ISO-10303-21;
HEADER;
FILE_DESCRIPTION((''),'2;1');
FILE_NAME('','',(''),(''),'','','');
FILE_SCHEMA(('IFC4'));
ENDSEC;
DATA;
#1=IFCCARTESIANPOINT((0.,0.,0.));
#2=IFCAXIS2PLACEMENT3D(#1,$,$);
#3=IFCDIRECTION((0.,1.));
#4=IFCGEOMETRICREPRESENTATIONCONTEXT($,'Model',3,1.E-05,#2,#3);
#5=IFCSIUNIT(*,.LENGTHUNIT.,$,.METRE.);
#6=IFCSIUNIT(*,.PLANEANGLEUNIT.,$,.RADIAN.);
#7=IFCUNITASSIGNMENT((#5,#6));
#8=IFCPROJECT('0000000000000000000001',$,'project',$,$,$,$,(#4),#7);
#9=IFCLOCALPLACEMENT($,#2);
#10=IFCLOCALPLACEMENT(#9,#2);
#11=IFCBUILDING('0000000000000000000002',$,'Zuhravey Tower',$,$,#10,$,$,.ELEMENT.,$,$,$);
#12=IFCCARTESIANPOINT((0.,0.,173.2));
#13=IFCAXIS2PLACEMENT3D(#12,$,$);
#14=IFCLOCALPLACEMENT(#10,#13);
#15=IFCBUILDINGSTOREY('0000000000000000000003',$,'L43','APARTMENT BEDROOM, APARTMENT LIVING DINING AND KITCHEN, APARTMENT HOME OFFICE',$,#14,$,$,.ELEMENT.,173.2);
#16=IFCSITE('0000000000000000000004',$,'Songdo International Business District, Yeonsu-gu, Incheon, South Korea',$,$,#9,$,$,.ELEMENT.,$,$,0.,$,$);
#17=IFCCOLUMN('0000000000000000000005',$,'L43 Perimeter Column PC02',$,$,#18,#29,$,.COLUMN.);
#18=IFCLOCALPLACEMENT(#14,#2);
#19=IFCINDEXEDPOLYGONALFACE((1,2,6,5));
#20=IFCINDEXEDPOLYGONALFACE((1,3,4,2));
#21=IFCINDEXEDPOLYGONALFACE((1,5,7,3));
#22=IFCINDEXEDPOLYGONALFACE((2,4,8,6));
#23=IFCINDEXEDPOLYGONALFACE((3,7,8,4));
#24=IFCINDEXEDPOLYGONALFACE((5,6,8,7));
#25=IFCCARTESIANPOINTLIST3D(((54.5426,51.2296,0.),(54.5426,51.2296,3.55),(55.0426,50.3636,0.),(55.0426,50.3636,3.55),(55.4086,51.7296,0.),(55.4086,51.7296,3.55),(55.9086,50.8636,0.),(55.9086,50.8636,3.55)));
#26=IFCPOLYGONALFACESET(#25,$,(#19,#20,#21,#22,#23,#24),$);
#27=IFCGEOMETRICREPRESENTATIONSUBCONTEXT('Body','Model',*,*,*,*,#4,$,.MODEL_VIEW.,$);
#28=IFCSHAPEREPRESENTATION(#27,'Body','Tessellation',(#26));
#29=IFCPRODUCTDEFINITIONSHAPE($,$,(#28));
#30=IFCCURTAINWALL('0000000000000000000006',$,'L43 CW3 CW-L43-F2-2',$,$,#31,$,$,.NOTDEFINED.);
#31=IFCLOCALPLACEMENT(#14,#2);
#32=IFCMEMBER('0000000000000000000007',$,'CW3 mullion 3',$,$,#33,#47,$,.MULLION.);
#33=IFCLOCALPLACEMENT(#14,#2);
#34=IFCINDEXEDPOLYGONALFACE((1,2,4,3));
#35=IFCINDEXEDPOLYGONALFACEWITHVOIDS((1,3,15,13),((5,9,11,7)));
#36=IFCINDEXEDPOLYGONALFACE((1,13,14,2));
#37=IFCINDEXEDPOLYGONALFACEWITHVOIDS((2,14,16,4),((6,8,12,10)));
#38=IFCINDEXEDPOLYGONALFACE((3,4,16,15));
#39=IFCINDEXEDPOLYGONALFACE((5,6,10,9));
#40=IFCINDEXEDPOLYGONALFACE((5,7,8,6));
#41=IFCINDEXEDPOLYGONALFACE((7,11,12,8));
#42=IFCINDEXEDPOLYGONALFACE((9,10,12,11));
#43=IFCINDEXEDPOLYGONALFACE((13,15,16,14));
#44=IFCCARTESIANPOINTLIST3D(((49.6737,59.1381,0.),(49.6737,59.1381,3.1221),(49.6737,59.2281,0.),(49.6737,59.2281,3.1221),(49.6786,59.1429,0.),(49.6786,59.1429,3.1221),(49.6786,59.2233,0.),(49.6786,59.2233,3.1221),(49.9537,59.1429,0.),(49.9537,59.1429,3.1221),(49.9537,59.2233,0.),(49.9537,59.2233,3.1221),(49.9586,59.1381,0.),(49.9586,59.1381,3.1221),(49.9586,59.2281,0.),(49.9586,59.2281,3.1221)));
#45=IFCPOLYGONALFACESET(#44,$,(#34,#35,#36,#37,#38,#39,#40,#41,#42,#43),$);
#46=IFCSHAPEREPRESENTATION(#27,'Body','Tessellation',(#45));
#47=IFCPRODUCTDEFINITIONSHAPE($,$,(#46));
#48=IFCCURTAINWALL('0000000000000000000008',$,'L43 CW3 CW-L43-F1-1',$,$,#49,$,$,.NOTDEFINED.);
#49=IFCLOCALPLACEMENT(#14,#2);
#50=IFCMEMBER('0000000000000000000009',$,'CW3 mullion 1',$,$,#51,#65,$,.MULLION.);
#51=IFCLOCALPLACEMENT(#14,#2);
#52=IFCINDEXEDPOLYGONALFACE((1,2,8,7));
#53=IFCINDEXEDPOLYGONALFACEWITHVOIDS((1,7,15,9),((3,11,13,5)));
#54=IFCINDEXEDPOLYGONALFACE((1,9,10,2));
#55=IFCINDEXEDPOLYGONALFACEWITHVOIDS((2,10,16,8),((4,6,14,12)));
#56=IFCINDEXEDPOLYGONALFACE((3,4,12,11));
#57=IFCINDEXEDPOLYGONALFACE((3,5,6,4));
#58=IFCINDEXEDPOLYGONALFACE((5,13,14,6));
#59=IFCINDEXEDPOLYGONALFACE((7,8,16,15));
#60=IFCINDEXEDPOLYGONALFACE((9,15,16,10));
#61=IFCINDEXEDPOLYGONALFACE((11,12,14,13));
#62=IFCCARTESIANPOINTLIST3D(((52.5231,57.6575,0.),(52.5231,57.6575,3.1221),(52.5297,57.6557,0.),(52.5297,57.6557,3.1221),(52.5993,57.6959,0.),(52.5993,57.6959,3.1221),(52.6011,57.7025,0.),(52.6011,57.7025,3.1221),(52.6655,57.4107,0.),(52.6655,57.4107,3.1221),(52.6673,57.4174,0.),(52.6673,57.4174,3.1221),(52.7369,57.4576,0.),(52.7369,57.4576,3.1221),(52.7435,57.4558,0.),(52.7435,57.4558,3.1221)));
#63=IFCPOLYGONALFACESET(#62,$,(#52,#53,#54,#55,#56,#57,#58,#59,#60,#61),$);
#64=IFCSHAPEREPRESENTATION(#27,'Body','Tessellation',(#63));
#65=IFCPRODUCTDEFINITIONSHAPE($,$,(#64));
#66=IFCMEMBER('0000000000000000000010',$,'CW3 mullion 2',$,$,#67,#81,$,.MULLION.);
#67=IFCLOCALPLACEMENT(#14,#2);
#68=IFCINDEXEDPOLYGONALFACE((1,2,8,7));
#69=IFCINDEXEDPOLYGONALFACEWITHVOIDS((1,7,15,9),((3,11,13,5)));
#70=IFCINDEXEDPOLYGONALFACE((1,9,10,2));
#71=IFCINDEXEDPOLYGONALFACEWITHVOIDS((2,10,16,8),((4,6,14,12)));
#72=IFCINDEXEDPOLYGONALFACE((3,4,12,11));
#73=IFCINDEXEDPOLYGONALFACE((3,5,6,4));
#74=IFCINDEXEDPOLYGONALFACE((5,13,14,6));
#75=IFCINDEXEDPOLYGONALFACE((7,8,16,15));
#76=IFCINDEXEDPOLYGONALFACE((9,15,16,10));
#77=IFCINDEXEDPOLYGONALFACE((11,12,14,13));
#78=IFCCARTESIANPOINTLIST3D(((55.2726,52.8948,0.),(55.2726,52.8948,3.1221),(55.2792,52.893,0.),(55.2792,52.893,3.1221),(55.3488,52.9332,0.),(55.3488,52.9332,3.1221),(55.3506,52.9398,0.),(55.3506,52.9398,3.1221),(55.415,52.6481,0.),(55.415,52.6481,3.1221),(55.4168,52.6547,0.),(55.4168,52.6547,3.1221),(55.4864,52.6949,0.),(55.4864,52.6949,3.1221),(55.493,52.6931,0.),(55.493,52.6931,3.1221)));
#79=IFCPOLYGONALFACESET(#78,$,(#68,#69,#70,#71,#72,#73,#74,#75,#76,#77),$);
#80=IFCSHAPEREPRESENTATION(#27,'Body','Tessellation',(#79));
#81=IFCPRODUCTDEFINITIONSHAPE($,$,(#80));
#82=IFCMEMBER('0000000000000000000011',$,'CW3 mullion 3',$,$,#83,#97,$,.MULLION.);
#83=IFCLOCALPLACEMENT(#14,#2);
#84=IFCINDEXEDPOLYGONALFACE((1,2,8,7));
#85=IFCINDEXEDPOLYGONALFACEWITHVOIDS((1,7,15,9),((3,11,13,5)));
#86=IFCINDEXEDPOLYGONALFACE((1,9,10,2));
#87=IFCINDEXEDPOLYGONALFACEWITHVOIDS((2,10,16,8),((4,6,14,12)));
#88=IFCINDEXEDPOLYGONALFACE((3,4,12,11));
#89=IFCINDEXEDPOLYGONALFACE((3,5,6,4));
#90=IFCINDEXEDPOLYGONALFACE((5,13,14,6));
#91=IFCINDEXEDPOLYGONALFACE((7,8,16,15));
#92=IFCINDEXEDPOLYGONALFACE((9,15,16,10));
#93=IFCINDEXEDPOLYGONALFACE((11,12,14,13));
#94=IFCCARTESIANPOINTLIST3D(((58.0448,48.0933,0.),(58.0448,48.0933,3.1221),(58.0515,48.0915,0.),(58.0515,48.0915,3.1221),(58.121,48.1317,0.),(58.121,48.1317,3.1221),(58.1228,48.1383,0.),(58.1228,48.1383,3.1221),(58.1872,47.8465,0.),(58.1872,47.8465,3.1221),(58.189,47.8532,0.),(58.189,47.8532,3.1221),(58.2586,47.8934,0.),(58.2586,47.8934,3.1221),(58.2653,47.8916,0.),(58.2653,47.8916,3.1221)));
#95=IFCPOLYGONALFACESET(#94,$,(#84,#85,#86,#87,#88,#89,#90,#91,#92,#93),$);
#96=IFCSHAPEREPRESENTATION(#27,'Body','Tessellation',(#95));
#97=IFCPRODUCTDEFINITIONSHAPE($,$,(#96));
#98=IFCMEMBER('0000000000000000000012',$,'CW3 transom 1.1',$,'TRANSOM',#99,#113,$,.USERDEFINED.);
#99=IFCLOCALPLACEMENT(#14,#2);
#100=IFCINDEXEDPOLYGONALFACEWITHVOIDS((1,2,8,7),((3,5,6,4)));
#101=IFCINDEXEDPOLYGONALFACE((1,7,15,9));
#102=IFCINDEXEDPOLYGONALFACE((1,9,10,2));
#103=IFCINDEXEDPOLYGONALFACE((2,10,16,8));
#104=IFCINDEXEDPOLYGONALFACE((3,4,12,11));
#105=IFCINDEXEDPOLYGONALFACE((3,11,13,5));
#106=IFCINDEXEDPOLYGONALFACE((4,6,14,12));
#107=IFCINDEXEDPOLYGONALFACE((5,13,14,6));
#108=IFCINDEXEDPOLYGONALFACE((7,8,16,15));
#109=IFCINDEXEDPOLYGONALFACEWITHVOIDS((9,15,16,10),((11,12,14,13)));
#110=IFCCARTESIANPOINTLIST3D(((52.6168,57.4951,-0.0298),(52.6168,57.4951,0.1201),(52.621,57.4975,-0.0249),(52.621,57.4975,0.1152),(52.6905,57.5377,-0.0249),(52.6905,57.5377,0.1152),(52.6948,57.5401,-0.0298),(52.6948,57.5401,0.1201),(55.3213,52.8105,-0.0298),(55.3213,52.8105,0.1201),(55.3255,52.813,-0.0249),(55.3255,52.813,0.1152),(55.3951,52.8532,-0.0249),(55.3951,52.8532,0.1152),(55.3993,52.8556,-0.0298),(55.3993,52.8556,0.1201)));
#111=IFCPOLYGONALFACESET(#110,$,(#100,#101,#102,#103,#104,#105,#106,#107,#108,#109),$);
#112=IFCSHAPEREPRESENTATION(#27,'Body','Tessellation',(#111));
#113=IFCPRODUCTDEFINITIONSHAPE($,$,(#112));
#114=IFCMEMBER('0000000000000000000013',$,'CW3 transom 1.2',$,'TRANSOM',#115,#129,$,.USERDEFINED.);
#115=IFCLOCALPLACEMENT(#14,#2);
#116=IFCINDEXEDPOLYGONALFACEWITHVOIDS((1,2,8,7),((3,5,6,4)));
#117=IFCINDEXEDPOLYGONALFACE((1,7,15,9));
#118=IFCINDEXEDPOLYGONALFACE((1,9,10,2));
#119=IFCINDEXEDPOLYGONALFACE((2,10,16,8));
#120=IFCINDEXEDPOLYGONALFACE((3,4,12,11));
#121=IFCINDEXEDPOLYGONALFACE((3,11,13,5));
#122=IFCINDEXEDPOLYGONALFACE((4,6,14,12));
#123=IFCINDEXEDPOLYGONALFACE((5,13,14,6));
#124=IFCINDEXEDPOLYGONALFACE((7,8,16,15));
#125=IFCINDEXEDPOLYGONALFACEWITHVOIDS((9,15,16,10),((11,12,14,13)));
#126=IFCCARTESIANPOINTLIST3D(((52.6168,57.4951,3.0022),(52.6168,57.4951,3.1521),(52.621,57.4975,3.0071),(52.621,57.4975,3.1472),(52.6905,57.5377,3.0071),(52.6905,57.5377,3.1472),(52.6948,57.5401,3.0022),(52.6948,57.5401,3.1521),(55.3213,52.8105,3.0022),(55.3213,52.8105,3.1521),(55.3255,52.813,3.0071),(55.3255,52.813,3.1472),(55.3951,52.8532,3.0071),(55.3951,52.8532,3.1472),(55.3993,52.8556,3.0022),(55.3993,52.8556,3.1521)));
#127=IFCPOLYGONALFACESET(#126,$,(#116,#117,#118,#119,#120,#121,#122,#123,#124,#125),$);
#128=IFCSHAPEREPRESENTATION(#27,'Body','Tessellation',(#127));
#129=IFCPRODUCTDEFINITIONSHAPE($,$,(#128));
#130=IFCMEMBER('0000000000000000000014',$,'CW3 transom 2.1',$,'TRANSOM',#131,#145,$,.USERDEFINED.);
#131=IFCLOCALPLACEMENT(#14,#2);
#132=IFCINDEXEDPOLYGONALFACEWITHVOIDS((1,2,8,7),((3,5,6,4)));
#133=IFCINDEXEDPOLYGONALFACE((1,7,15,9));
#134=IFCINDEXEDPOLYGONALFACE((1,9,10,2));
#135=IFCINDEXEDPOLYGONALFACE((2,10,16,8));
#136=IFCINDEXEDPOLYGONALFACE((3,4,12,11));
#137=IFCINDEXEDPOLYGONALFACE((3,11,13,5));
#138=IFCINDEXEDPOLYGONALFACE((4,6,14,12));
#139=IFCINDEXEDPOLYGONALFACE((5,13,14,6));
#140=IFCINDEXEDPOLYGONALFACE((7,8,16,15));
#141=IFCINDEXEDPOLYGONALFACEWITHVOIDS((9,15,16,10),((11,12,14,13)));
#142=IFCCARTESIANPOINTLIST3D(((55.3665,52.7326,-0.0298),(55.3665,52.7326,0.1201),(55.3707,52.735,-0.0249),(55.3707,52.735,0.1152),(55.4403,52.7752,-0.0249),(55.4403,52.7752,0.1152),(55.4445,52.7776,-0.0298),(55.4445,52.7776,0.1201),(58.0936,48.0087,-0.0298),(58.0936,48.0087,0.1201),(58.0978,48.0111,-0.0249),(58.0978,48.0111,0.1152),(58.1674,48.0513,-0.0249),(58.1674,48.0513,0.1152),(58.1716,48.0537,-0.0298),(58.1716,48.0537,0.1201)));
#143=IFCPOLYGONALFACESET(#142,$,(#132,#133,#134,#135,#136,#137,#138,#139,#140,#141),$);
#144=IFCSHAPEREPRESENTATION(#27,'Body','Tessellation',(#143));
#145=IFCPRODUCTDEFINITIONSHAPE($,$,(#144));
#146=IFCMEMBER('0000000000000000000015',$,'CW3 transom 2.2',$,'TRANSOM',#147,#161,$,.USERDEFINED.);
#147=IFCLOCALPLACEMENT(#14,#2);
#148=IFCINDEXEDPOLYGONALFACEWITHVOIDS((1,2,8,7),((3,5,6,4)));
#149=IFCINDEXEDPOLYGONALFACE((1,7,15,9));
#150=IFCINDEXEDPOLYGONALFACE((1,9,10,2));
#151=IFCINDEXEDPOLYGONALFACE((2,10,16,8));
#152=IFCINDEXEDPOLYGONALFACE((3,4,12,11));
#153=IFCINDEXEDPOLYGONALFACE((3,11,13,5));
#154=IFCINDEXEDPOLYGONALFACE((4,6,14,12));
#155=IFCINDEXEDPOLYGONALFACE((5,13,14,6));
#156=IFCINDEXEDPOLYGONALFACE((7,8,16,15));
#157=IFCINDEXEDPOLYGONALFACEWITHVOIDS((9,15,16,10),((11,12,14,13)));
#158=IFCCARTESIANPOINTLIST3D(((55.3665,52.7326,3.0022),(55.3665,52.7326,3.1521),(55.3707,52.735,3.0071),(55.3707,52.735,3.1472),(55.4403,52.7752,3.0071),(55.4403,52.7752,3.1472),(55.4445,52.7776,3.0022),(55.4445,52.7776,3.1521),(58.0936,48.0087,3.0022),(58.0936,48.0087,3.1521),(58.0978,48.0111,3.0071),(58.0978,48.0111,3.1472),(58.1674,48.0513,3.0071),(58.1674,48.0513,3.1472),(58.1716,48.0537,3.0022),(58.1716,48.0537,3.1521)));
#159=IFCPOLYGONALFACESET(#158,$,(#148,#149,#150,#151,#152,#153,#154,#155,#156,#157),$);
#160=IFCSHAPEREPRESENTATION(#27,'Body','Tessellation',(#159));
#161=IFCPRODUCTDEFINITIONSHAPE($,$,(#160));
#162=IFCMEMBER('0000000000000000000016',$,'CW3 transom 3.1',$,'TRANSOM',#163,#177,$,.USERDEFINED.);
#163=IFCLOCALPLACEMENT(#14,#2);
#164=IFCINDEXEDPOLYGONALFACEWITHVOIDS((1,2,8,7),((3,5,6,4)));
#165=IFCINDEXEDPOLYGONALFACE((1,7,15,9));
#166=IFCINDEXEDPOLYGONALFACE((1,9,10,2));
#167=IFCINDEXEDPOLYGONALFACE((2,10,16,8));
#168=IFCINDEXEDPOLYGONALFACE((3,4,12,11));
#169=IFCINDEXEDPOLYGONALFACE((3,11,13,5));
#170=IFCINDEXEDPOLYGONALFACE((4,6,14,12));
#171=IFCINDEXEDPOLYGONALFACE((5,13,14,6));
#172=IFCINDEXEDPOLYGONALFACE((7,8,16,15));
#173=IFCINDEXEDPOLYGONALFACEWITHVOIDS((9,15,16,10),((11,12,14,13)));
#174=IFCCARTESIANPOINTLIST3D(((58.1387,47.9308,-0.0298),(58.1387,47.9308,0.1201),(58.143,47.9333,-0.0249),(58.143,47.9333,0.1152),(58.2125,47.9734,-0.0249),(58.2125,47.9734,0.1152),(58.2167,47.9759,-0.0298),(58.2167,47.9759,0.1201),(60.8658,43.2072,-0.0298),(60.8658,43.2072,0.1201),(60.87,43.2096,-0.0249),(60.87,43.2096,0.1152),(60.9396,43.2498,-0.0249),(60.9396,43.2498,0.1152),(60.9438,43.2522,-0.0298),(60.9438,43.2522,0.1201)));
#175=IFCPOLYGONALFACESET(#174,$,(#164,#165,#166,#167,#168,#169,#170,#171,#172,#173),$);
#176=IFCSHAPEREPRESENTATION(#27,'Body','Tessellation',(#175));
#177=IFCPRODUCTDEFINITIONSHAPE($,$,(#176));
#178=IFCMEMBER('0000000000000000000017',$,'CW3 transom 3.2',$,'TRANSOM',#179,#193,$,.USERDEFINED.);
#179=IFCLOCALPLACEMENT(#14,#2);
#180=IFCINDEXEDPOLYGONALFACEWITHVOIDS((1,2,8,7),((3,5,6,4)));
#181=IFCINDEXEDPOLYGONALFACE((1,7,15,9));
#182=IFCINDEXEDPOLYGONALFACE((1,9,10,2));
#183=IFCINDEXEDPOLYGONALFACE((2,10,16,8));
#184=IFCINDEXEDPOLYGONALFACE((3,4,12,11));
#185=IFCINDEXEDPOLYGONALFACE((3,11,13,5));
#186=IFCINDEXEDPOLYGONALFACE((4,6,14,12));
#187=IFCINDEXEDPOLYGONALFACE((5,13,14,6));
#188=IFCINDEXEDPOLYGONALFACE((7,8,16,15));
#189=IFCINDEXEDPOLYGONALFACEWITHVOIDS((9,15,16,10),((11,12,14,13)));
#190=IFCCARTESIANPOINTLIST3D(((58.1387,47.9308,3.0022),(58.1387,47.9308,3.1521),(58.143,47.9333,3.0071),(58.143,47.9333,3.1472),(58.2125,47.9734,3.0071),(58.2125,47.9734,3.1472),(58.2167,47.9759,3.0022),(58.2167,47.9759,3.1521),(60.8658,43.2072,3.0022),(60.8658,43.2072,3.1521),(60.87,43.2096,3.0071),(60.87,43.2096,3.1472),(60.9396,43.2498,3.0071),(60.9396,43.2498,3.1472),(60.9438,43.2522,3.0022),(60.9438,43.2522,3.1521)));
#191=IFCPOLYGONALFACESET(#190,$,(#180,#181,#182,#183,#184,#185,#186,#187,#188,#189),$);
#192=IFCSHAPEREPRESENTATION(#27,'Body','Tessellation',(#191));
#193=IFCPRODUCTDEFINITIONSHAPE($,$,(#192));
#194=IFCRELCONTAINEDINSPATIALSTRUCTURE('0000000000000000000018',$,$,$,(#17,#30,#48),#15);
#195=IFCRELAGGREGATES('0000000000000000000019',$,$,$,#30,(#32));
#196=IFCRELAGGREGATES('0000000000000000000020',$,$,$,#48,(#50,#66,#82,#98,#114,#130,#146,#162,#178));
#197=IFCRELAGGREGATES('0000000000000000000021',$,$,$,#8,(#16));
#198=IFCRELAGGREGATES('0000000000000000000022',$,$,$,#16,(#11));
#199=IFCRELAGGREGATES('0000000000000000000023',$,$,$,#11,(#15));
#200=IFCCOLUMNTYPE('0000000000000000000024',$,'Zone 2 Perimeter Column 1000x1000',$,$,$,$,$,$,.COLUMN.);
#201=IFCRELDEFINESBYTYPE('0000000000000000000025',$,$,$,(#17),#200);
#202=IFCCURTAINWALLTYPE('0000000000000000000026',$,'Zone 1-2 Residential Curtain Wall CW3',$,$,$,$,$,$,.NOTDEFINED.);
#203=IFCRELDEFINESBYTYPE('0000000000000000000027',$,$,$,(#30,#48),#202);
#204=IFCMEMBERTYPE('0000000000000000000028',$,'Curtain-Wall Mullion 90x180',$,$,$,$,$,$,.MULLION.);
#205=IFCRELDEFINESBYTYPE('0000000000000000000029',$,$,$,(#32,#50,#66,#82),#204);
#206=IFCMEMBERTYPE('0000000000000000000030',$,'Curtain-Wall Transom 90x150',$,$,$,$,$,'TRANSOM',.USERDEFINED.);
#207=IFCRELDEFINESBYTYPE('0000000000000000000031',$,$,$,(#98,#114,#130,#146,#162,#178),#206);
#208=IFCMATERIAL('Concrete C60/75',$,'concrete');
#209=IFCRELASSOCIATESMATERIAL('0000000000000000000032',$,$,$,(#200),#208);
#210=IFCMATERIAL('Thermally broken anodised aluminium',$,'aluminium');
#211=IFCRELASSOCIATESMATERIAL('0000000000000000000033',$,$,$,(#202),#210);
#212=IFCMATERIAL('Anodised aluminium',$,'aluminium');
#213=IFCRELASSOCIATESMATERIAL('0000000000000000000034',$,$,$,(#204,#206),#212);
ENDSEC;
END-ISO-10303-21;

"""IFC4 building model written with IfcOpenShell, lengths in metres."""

from ifc_helpers import new_model, si_unit, direction, frame, origin, origin_2d, place, context, subcontext, project, spatial, rectangle, hollow_rectangle, extrude, material, material_profile, profile_set, type_object, element, aggregate, save


model = new_model("IFC4")

# Units and contexts
model_context = context("Model", 3, precision=1e-05, world=origin(), true_north=direction((0.0, 1.0)))
body_context = subcontext(model_context, "Body", "Model", "MODEL_VIEW")
ifc_project = project(units=[si_unit("LENGTHUNIT", "METRE"), si_unit("PLANEANGLEUNIT", "RADIAN")], contexts=[model_context])

# Site, building, storey
site_placement = place(None, origin())
site = spatial("IfcSite", under=ifc_project, at=site_placement, Name="Songdo International Business District, Yeonsu-gu, Incheon, South Korea", CompositionType="ELEMENT", RefElevation=0.0)
building_placement = place(site_placement, origin())
building = spatial("IfcBuilding", under=site, at=building_placement, Name="Zuhravey Tower", CompositionType="ELEMENT")
storey_placement = place(building_placement, frame((0.0, 0.0, 173.2)))
storey = spatial("IfcBuildingStorey", under=building, at=storey_placement, Name="L43", Description="APARTMENT BEDROOM, APARTMENT LIVING DINING AND KITCHEN, APARTMENT HOME OFFICE", CompositionType="ELEMENT", Elevation=173.2)

# Column
ifc_material_1 = material(Name="Concrete C60/75", Category="concrete")
ifc_material_profile_1 = material_profile(ifc_material_1, rectangle(XDim=1.0, YDim=1.0, at=origin_2d()), Name="RC-1000x1000")
ifc_profile_set_1 = profile_set([ifc_material_profile_1], Name="Concrete C60/75")
column_type = type_object("IfcColumnType", Name="Zone 2 Perimeter Column 1000x1000", PredefinedType="COLUMN", material=ifc_profile_set_1)
column_placement = place(storey_placement, frame((55.2256, 51.0466, 0.0), z_axis=(0.0, 0.0, 1.0), x_axis=(-0.5, 0.866025, 0.0)))
element("IfcColumn", 1, at=column_placement, inside=storey, type_object=column_type, Name="L43 Perimeter Column PC02", PredefinedType="COLUMN", context=body_context, shape_type="SweptSolid", body=[
    extrude(rectangle(XDim=1.0, YDim=1.0, at=origin_2d()), origin(), (0.0, 0.0, 1.0), 3.55),
])

# Curtain wall, member
ifc_material_2 = material(Name="Thermally broken anodised aluminium", Category="aluminium")
curtain_wall_type = type_object("IfcCurtainWallType", Name="Zone 1-2 Residential Curtain Wall CW3", PredefinedType="NOTDEFINED", material=ifc_material_2)
curtain_wall_1_placement = place(storey_placement, origin())
curtain_wall_1 = element("IfcCurtainWall", 2, at=curtain_wall_1_placement, inside=storey, type_object=curtain_wall_type, Name="L43 CW3 CW-L43-F2-2", PredefinedType="NOTDEFINED")
ifc_material_3 = material(Name="Anodised aluminium", Category="aluminium")
ifc_material_profile_2 = material_profile(ifc_material_3, hollow_rectangle(XDim=0.0901, YDim=0.2849, WallThickness=0.0049, at=origin_2d()), Name="ALU-RHS-90x285x5")
ifc_profile_set_2 = profile_set([ifc_material_profile_2], Name="Anodised aluminium")
member_type_1 = type_object("IfcMemberType", Name="Curtain-Wall Mullion 90x180", PredefinedType="MULLION", material=ifc_profile_set_2)
member_1_placement = place(storey_placement, frame((49.8162, 59.1831, 0.0), z_axis=(0.0, 0.0, 1.0), x_axis=(0.0, 1.0, 0.0)))
member_1 = element("IfcMember", 3, at=member_1_placement, type_object=member_type_1, Name="CW3 mullion 3", PredefinedType="MULLION", context=body_context, shape_type="SweptSolid", body=[
    extrude(hollow_rectangle(XDim=0.0901, YDim=0.2849, WallThickness=0.0049, at=origin_2d()), origin(), (0.0, 0.0, 1.0), 3.1221),
])
aggregate(curtain_wall_1, [member_1])

# Curtain wall, members
curtain_wall_2_placement = place(storey_placement, origin())
curtain_wall_2 = element("IfcCurtainWall", 4, at=curtain_wall_2_placement, inside=storey, type_object=curtain_wall_type, Name="L43 CW3 CW-L43-F1-1", PredefinedType="NOTDEFINED")
member_2_placement = place(storey_placement, frame((52.6333, 57.5566, 0.0), z_axis=(0.0, 0.0, 1.0), x_axis=(0.866025, 0.5, 0.0)))
member_2 = element("IfcMember", 5, at=member_2_placement, type_object=member_type_1, Name="CW3 mullion 1", PredefinedType="MULLION", context=body_context, shape_type="SweptSolid", body=[
    extrude(hollow_rectangle(XDim=0.0901, YDim=0.2849, WallThickness=0.0049, at=origin_2d()), origin(), (0.0, 0.0, 1.0), 3.1221),
])
member_3_placement = place(storey_placement, frame((55.3828, 52.7939, 0.0), z_axis=(0.0, 0.0, 1.0), x_axis=(0.866025, 0.5, 0.0)))
member_3 = element("IfcMember", 6, at=member_3_placement, type_object=member_type_1, Name="CW3 mullion 2", PredefinedType="MULLION", context=body_context, shape_type="SweptSolid", body=[
    extrude(hollow_rectangle(XDim=0.0901, YDim=0.2849, WallThickness=0.0049, at=origin_2d()), origin(), (0.0, 0.0, 1.0), 3.1221),
])
member_4_placement = place(storey_placement, frame((58.155, 47.9924, 0.0), z_axis=(0.0, 0.0, 1.0), x_axis=(0.866025, 0.5, 0.0)))
member_4 = element("IfcMember", 7, at=member_4_placement, type_object=member_type_1, Name="CW3 mullion 3", PredefinedType="MULLION", context=body_context, shape_type="SweptSolid", body=[
    extrude(hollow_rectangle(XDim=0.0901, YDim=0.2849, WallThickness=0.0049, at=origin_2d()), origin(), (0.0, 0.0, 1.0), 3.1221),
])
ifc_material_profile_3 = material_profile(ifc_material_3, hollow_rectangle(XDim=0.0901, YDim=0.1499, WallThickness=0.0049, at=origin_2d()), Name="ALU-RHS-90x150x5")
ifc_profile_set_3 = profile_set([ifc_material_profile_3], Name="Anodised aluminium")
member_type_2 = type_object("IfcMemberType", Name="Curtain-Wall Transom 90x150", ElementType="TRANSOM", PredefinedType="USERDEFINED", material=ifc_profile_set_3)
member_5_placement = place(storey_placement, frame((52.6558, 57.5176, 0.0452), z_axis=(0.499993, -0.866029, 0.0), x_axis=(0.866029, 0.499993, 0.0)))
member_5 = element("IfcMember", 8, at=member_5_placement, type_object=member_type_2, Name="CW3 transom 1.1", ObjectType="TRANSOM", PredefinedType="USERDEFINED", context=body_context, shape_type="SweptSolid", body=[
    extrude(hollow_rectangle(XDim=0.0901, YDim=0.1499, WallThickness=0.0049, at=origin_2d()), origin(), (0.0, 0.0, 1.0), 5.4092),
])
member_6_placement = place(storey_placement, frame((52.6558, 57.5176, 3.0771), z_axis=(0.499993, -0.866029, 0.0), x_axis=(0.866029, 0.499993, 0.0)))
member_6 = element("IfcMember", 9, at=member_6_placement, type_object=member_type_2, Name="CW3 transom 1.2", ObjectType="TRANSOM", PredefinedType="USERDEFINED", context=body_context, shape_type="SweptSolid", body=[
    extrude(hollow_rectangle(XDim=0.0901, YDim=0.1499, WallThickness=0.0049, at=origin_2d()), origin(), (0.0, 0.0, 1.0), 5.4092),
])
member_7_placement = place(storey_placement, frame((55.4055, 52.7551, 0.0452), z_axis=(0.499961, -0.866048, 0.0), x_axis=(0.866048, 0.499961, 0.0)))
member_7 = element("IfcMember", 10, at=member_7_placement, type_object=member_type_2, Name="CW3 transom 2.1", ObjectType="TRANSOM", PredefinedType="USERDEFINED", context=body_context, shape_type="SweptSolid", body=[
    extrude(hollow_rectangle(XDim=0.0901, YDim=0.1499, WallThickness=0.0049, at=origin_2d()), origin(), (0.0, 0.0, 1.0), 5.4546),
])
member_8_placement = place(storey_placement, frame((55.4055, 52.7551, 3.0771), z_axis=(0.499961, -0.866048, 0.0), x_axis=(0.866048, 0.499961, 0.0)))
member_8 = element("IfcMember", 11, at=member_8_placement, type_object=member_type_2, Name="CW3 transom 2.2", ObjectType="TRANSOM", PredefinedType="USERDEFINED", context=body_context, shape_type="SweptSolid", body=[
    extrude(hollow_rectangle(XDim=0.0901, YDim=0.1499, WallThickness=0.0049, at=origin_2d()), origin(), (0.0, 0.0, 1.0), 5.4546),
])
member_9_placement = place(storey_placement, frame((58.1777, 47.9534, 0.0452), z_axis=(0.499981, -0.866037, 0.0), x_axis=(0.866037, 0.499981, 0.0)))
member_9 = element("IfcMember", 12, at=member_9_placement, type_object=member_type_2, Name="CW3 transom 3.1", ObjectType="TRANSOM", PredefinedType="USERDEFINED", context=body_context, shape_type="SweptSolid", body=[
    extrude(hollow_rectangle(XDim=0.0901, YDim=0.1499, WallThickness=0.0049, at=origin_2d()), origin(), (0.0, 0.0, 1.0), 5.4543),
])
member_10_placement = place(storey_placement, frame((58.1777, 47.9534, 3.0771), z_axis=(0.499981, -0.866037, 0.0), x_axis=(0.866037, 0.499981, 0.0)))
member_10 = element("IfcMember", 13, at=member_10_placement, type_object=member_type_2, Name="CW3 transom 3.2", ObjectType="TRANSOM", PredefinedType="USERDEFINED", context=body_context, shape_type="SweptSolid", body=[
    extrude(hollow_rectangle(XDim=0.0901, YDim=0.1499, WallThickness=0.0049, at=origin_2d()), origin(), (0.0, 0.0, 1.0), 5.4543),
])

aggregate(curtain_wall_2, [member_2, member_3, member_4, member_5, member_6, member_7, member_8, member_9, member_10])

save(model, "model.ifc")
